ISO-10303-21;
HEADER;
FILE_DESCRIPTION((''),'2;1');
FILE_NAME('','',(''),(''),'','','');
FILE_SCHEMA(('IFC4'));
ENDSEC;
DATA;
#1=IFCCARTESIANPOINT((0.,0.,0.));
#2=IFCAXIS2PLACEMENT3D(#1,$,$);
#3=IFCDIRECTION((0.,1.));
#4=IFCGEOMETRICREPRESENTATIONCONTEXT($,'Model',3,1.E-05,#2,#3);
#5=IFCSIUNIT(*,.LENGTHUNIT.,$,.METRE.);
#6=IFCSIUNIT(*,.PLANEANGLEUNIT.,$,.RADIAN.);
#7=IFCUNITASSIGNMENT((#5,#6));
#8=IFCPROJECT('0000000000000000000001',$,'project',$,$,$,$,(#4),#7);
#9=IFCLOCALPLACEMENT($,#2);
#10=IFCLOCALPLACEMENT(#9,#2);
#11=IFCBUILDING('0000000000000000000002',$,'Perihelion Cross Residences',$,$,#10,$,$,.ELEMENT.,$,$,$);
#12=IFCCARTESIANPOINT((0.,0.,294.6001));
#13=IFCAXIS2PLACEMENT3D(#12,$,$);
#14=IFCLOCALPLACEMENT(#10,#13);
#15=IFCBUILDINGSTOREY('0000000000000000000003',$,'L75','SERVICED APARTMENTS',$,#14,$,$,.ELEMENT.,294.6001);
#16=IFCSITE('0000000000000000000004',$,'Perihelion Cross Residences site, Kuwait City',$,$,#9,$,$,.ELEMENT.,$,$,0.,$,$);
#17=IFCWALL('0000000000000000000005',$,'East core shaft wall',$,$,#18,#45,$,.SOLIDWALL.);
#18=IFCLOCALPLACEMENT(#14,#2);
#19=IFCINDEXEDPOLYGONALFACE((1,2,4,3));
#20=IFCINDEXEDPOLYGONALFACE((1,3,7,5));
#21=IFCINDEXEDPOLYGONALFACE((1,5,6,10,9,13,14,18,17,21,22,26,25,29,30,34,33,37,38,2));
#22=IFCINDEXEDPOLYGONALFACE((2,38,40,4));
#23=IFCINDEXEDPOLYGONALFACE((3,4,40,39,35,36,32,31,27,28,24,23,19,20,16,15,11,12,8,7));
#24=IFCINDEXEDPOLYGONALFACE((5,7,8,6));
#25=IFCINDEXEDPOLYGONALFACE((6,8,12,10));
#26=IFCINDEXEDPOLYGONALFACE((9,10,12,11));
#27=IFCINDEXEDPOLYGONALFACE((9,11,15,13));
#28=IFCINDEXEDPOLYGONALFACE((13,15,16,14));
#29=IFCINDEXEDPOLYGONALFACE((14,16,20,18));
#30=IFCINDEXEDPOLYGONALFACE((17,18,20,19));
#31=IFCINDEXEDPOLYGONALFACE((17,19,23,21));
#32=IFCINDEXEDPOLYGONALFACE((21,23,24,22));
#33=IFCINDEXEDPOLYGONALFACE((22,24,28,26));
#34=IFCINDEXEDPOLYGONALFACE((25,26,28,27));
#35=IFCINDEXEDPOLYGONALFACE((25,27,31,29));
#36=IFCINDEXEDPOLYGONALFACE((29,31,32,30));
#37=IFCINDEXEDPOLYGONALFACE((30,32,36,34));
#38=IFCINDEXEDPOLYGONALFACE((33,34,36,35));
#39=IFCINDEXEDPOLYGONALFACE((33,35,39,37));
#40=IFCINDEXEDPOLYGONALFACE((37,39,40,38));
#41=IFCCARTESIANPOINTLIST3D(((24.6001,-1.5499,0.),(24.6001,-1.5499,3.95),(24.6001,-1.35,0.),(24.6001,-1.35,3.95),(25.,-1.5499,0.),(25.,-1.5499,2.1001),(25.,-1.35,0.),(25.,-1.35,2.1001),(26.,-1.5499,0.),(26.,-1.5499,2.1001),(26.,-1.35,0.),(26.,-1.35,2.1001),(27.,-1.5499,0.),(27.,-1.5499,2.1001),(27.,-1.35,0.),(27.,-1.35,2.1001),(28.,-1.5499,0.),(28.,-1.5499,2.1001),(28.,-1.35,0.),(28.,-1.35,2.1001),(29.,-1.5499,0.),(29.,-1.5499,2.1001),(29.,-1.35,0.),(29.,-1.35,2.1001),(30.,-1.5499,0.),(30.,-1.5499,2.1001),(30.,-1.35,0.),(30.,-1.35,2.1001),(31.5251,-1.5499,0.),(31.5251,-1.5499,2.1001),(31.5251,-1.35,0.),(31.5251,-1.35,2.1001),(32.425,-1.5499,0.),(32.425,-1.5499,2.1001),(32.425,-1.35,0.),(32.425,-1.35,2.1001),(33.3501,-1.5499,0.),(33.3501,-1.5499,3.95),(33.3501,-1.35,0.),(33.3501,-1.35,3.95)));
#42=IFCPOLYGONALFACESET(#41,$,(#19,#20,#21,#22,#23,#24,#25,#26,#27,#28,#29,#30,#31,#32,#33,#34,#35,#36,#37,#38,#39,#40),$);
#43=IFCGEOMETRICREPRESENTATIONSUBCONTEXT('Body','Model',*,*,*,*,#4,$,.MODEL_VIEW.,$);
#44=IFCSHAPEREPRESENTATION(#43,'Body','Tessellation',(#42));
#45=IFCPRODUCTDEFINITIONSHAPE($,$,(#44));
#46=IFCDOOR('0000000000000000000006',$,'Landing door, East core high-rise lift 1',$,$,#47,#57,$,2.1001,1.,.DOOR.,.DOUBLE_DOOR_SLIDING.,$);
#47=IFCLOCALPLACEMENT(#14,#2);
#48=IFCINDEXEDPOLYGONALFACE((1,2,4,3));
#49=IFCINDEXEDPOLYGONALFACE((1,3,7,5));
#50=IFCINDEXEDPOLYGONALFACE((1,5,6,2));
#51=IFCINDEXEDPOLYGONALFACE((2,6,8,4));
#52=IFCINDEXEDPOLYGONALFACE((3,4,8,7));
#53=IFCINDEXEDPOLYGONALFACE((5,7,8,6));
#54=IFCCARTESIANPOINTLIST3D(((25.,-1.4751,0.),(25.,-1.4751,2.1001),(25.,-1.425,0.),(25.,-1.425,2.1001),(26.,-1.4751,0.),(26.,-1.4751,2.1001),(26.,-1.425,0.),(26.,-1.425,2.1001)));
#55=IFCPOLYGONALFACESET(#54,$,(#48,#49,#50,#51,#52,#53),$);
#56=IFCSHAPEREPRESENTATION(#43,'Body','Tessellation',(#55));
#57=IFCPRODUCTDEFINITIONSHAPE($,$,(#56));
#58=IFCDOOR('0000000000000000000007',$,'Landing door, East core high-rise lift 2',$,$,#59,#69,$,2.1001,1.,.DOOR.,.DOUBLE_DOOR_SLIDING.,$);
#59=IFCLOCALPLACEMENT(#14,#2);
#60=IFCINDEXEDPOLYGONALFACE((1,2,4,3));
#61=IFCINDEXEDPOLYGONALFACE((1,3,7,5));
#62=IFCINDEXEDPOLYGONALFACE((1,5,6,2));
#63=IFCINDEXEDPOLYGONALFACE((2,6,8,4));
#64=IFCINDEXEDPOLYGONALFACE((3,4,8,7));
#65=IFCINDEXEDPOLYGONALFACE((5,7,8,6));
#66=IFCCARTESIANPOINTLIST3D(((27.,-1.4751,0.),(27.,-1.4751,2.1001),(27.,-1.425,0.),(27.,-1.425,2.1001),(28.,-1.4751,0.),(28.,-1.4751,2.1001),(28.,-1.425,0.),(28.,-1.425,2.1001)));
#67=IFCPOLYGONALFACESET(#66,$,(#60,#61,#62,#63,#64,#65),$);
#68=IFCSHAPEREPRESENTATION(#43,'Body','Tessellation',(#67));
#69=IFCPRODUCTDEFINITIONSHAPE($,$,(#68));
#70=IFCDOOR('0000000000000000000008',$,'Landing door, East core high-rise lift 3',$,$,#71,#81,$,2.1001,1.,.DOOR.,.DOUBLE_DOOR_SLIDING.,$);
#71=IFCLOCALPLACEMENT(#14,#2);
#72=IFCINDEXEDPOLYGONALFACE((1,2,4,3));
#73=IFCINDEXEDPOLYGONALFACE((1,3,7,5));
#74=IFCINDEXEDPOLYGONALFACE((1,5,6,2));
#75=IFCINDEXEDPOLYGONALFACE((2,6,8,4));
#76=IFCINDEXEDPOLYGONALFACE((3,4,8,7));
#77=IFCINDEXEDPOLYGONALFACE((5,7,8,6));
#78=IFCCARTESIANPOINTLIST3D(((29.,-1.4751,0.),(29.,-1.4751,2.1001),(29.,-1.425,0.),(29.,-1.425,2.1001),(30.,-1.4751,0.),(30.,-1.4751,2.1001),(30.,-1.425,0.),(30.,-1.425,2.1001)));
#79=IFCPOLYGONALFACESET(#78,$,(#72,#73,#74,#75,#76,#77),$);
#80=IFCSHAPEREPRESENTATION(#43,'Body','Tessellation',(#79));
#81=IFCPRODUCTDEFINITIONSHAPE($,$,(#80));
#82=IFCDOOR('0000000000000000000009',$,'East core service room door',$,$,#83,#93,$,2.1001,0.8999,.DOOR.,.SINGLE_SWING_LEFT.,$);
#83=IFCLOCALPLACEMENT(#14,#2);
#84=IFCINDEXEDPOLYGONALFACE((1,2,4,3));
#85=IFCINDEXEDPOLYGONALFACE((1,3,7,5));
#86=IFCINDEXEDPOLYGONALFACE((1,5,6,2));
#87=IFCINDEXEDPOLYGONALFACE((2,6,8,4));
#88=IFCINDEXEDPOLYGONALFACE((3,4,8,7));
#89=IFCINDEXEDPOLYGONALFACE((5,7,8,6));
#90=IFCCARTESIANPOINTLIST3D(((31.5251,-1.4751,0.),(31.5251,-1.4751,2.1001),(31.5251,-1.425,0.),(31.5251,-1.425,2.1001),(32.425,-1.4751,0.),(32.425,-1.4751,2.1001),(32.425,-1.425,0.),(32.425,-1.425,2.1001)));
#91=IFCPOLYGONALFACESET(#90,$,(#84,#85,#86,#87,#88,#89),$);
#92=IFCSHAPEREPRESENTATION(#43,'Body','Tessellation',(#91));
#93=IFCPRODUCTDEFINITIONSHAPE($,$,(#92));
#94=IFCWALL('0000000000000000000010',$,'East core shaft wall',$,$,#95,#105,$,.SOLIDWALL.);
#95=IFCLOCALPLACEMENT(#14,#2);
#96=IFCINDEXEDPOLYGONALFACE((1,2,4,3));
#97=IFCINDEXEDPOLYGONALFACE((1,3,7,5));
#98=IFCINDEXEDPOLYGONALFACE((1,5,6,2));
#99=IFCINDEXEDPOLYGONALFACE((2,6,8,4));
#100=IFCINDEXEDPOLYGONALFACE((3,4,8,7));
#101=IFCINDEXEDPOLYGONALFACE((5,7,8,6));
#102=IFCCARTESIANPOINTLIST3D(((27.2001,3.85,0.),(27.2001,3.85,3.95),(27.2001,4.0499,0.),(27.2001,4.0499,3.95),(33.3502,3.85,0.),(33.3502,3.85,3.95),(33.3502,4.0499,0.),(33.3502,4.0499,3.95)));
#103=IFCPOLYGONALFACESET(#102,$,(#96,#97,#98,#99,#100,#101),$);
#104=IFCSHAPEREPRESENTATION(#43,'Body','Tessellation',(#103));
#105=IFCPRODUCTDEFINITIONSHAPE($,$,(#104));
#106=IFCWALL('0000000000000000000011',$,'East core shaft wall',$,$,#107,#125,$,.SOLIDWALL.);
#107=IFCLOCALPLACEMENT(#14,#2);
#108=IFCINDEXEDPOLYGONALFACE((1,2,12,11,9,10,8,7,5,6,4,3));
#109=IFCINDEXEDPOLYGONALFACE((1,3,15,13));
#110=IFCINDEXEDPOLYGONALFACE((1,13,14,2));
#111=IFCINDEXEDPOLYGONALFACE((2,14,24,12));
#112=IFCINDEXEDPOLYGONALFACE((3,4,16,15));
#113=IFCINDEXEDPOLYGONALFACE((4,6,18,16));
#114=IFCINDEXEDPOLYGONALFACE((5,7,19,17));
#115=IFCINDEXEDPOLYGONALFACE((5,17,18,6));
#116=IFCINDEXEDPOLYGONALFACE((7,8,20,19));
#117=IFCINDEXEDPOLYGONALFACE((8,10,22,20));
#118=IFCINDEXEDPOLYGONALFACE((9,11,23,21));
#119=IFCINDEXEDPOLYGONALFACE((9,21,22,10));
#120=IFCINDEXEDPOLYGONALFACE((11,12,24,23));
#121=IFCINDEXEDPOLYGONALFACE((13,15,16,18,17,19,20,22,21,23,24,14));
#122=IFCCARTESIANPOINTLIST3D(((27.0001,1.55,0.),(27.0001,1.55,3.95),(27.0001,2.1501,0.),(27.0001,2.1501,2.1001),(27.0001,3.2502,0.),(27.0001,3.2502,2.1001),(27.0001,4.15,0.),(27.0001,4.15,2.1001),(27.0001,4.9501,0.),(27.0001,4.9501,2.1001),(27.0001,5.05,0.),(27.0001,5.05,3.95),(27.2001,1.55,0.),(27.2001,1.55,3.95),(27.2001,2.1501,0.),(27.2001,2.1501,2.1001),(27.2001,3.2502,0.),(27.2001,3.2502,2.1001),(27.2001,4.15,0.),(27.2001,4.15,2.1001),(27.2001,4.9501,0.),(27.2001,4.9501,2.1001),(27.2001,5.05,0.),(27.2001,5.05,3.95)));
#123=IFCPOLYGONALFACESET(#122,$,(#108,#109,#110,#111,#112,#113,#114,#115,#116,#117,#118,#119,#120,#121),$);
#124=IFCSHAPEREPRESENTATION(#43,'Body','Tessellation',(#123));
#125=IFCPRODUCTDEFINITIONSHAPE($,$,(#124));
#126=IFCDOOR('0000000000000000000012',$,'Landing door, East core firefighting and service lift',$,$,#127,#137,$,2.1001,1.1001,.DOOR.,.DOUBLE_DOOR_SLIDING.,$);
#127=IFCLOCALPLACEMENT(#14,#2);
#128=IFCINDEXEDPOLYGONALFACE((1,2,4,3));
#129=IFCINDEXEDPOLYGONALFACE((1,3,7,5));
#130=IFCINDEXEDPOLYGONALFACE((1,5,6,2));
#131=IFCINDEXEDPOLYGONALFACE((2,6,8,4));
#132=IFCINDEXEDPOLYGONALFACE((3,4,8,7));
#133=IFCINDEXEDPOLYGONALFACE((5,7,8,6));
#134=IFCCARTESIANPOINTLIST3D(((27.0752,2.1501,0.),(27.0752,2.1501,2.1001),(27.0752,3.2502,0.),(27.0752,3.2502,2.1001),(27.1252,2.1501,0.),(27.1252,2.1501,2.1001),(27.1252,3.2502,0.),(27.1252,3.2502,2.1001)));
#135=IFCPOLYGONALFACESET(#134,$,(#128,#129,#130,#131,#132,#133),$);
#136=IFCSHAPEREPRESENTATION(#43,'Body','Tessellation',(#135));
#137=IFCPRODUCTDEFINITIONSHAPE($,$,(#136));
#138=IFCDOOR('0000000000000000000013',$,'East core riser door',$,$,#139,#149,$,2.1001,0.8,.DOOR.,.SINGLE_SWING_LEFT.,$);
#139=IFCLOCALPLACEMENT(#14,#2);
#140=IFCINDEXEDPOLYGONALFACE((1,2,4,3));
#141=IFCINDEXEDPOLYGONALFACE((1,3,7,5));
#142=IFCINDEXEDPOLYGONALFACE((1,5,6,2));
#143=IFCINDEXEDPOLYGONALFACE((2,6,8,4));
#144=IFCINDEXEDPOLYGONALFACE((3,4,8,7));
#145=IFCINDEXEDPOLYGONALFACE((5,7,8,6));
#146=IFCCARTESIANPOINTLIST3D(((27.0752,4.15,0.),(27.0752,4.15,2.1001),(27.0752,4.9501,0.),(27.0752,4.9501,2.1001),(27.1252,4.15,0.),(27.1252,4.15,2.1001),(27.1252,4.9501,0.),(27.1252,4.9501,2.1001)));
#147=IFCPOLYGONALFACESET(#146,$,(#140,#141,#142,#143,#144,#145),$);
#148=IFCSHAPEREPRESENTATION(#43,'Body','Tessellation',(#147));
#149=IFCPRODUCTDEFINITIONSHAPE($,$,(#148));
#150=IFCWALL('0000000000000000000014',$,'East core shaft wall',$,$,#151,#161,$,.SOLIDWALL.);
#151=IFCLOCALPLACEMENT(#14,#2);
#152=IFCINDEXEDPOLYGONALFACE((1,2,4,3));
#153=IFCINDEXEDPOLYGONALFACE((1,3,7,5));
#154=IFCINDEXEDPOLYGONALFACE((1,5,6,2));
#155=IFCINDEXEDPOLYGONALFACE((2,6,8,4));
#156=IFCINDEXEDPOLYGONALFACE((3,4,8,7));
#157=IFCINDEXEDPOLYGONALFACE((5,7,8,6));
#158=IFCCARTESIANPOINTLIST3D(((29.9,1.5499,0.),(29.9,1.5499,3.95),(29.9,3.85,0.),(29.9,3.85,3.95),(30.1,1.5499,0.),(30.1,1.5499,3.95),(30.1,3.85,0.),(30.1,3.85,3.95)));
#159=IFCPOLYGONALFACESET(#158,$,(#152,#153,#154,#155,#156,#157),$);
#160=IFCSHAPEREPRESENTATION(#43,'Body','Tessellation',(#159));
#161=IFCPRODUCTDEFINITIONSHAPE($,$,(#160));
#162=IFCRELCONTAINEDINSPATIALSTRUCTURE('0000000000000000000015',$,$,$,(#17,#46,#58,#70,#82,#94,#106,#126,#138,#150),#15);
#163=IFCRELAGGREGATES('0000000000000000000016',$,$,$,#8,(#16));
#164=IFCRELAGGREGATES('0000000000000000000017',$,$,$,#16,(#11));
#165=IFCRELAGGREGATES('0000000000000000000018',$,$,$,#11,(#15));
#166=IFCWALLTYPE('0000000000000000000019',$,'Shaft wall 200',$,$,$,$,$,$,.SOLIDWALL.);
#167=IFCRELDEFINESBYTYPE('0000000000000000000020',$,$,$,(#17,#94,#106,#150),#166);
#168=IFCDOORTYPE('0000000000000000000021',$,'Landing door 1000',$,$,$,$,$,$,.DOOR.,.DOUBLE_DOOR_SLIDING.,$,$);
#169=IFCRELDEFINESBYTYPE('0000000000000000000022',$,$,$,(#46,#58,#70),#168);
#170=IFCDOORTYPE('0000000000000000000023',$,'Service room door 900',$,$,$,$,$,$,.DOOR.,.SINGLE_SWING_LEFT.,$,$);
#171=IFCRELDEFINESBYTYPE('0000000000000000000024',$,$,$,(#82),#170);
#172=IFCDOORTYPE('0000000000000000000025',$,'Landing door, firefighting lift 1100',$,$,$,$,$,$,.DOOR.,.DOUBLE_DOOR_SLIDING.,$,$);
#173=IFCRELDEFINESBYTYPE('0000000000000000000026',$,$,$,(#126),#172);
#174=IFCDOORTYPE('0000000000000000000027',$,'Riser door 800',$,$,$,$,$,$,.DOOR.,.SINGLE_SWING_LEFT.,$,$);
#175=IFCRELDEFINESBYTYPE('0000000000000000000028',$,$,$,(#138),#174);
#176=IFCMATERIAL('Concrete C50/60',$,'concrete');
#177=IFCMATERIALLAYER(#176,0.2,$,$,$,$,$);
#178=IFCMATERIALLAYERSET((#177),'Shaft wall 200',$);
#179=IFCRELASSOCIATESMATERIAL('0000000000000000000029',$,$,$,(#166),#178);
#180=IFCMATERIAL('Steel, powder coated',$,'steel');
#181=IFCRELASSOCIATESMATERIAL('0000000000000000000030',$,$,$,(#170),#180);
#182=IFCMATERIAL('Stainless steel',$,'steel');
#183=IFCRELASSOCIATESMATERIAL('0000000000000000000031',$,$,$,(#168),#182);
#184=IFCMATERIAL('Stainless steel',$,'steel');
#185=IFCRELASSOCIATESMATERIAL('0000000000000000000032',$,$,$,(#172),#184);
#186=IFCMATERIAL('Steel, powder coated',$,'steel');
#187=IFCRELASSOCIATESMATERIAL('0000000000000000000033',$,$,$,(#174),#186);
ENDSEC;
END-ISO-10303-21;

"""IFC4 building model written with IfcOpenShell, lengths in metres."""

from ifc_helpers import new_model, si_unit, direction, frame, frame_2d, origin, place, context, subcontext, project, spatial, rectangle, extrude, material, layer, layer_set, type_object, element, fill, save


model = new_model("IFC4")

# Units and contexts
model_context = context("Model", 3, precision=1e-05, world=origin(), true_north=direction((0.0, 1.0)))
body_context = subcontext(model_context, "Body", "Model", "MODEL_VIEW")
ifc_project = project(units=[si_unit("LENGTHUNIT", "METRE"), si_unit("PLANEANGLEUNIT", "RADIAN")], contexts=[model_context])

# Site, building, storey
site_placement = place(None, origin())
site = spatial("IfcSite", under=ifc_project, at=site_placement, Name="Perihelion Cross Residences site, Kuwait City", CompositionType="ELEMENT", RefElevation=0.0)
building_placement = place(site_placement, origin())
building = spatial("IfcBuilding", under=site, at=building_placement, Name="Perihelion Cross Residences", CompositionType="ELEMENT")
storey_placement = place(building_placement, frame((0.0, 0.0, 294.6001)))
storey = spatial("IfcBuildingStorey", under=building, at=storey_placement, Name="L75", Description="SERVICED APARTMENTS", CompositionType="ELEMENT", Elevation=294.6001)

# Wall, openings, doors
ifc_material_1 = material(Name="Concrete C50/60", Category="concrete")
ifc_layer_1 = layer(ifc_material_1, 0.2)
ifc_layer_set_1 = layer_set([ifc_layer_1], Name="Shaft wall 200")
wall_type_1 = type_object("IfcWallType", Name="Shaft wall 200", PredefinedType="SOLIDWALL", material=ifc_layer_set_1)
ifc_material_2 = material(Name="Steel, powder coated", Category="steel")
door_type_1 = type_object("IfcDoorType", Name="Service room door 900", OperationType="SINGLE_SWING_LEFT", PredefinedType="DOOR", material=ifc_material_2)
wall_1_placement = place(storey_placement, frame((24.6001, -1.45, 0.0), z_axis=(0.0, 0.0, 1.0), x_axis=(1.0, 0.0, 0.0)))
wall_1 = element("IfcWall", 1, at=wall_1_placement, inside=storey, type_object=wall_type_1, Name="East core shaft wall", PredefinedType="SOLIDWALL", context=body_context, shape_type="SweptSolid", body=[
    extrude(rectangle(XDim=8.75, YDim=0.2, at=frame_2d((4.375, 0.0))), origin(), (0.0, 0.0, 1.0), 3.95),
])
opening_1_placement = place(wall_1_placement, frame((0.3999, 0.0, 0.0)))
opening_1 = element("IfcOpeningElement", 2, at=opening_1_placement, cuts=wall_1, PredefinedType="OPENING", context=body_context, shape_type="SweptSolid", body=[
    extrude(rectangle(XDim=1.0, YDim=2.1001, at=frame_2d((0.5, 1.05))), frame((0.0, 0.1099, 0.0), z_axis=(0.0, -1.0, 0.0), x_axis=(1.0, 0.0, 0.0)), (0.0, 0.0, 1.0), 0.22),
])
opening_2_placement = place(wall_1_placement, frame((2.3999, 0.0, 0.0)))
opening_2 = element("IfcOpeningElement", 3, at=opening_2_placement, cuts=wall_1, PredefinedType="OPENING", context=body_context, shape_type="SweptSolid", body=[
    extrude(rectangle(XDim=1.0, YDim=2.1001, at=frame_2d((0.5, 1.05))), frame((0.0, 0.1099, 0.0), z_axis=(0.0, -1.0, 0.0), x_axis=(1.0, 0.0, 0.0)), (0.0, 0.0, 1.0), 0.22),
])
opening_3_placement = place(wall_1_placement, frame((4.3999, 0.0, 0.0)))
opening_3 = element("IfcOpeningElement", 4, at=opening_3_placement, cuts=wall_1, PredefinedType="OPENING", context=body_context, shape_type="SweptSolid", body=[
    extrude(rectangle(XDim=1.0, YDim=2.1001, at=frame_2d((0.5, 1.05))), frame((0.0, 0.1099, 0.0), z_axis=(0.0, -1.0, 0.0), x_axis=(1.0, 0.0, 0.0)), (0.0, 0.0, 1.0), 0.22),
])
opening_4_placement = place(wall_1_placement, frame((6.925, 0.0, 0.0)))
opening_4 = element("IfcOpeningElement", 5, at=opening_4_placement, cuts=wall_1, PredefinedType="OPENING", context=body_context, shape_type="SweptSolid", body=[
    extrude(rectangle(XDim=0.8999, YDim=2.1001, at=frame_2d((0.45, 1.05))), frame((0.0, 0.1099, 0.0), z_axis=(0.0, -1.0, 0.0), x_axis=(1.0, 0.0, 0.0)), (0.0, 0.0, 1.0), 0.22),
])
ifc_material_3 = material(Name="Stainless steel", Category="steel")
door_type_2 = type_object("IfcDoorType", Name="Landing door 1000", OperationType="DOUBLE_DOOR_SLIDING", PredefinedType="DOOR", material=ifc_material_3)
door_1_placement = place(opening_1_placement, origin())
door_1 = element("IfcDoor", 6, at=door_1_placement, inside=storey, type_object=door_type_2, Name="Landing door, East core high-rise lift 1", OperationType="DOUBLE_DOOR_SLIDING", OverallHeight=2.1001, OverallWidth=1.0, PredefinedType="DOOR", context=body_context, shape_type="SweptSolid", body=[
    extrude(rectangle(XDim=1.0, YDim=2.1001, at=frame_2d((0.5, 1.05))), frame((0.0, 0.0249, 0.0), z_axis=(0.0, -1.0, 0.0), x_axis=(1.0, 0.0, 0.0)), (0.0, 0.0, 1.0), 0.05),
])
fill(opening_1, door_1)
door_2_placement = place(opening_2_placement, origin())
door_2 = element("IfcDoor", 7, at=door_2_placement, inside=storey, type_object=door_type_2, Name="Landing door, East core high-rise lift 2", OperationType="DOUBLE_DOOR_SLIDING", OverallHeight=2.1001, OverallWidth=1.0, PredefinedType="DOOR", context=body_context, shape_type="SweptSolid", body=[
    extrude(rectangle(XDim=1.0, YDim=2.1001, at=frame_2d((0.5, 1.05))), frame((0.0, 0.0249, 0.0), z_axis=(0.0, -1.0, 0.0), x_axis=(1.0, 0.0, 0.0)), (0.0, 0.0, 1.0), 0.05),
])
fill(opening_2, door_2)
door_3_placement = place(opening_3_placement, origin())
door_3 = element("IfcDoor", 8, at=door_3_placement, inside=storey, type_object=door_type_2, Name="Landing door, East core high-rise lift 3", OperationType="DOUBLE_DOOR_SLIDING", OverallHeight=2.1001, OverallWidth=1.0, PredefinedType="DOOR", context=body_context, shape_type="SweptSolid", body=[
    extrude(rectangle(XDim=1.0, YDim=2.1001, at=frame_2d((0.5, 1.05))), frame((0.0, 0.0249, 0.0), z_axis=(0.0, -1.0, 0.0), x_axis=(1.0, 0.0, 0.0)), (0.0, 0.0, 1.0), 0.05),
])
fill(opening_3, door_3)
door_4_placement = place(opening_4_placement, origin())
door_4 = element("IfcDoor", 9, at=door_4_placement, inside=storey, type_object=door_type_1, Name="East core service room door", OperationType="SINGLE_SWING_LEFT", OverallHeight=2.1001, OverallWidth=0.8999, PredefinedType="DOOR", context=body_context, shape_type="SweptSolid", body=[
    extrude(rectangle(XDim=0.8999, YDim=2.1001, at=frame_2d((0.45, 1.05))), frame((0.0, 0.0249, 0.0), z_axis=(0.0, -1.0, 0.0), x_axis=(1.0, 0.0, 0.0)), (0.0, 0.0, 1.0), 0.05),
])
fill(opening_4, door_4)

# Wall
wall_2_placement = place(storey_placement, frame((27.2, 3.95, 0.0), z_axis=(0.0, 0.0, 1.0), x_axis=(1.0, 0.0, 0.0)))
element("IfcWall", 10, at=wall_2_placement, inside=storey, type_object=wall_type_1, Name="East core shaft wall", PredefinedType="SOLIDWALL", context=body_context, shape_type="SweptSolid", body=[
    extrude(rectangle(XDim=6.1501, YDim=0.2, at=frame_2d((3.0752, 0.0))), origin(), (0.0, 0.0, 1.0), 3.95),
])

# Wall, openings, doors
wall_3_placement = place(storey_placement, frame((27.1001, 1.55, 0.0), z_axis=(0.0, 0.0, 1.0), x_axis=(0.0, 1.0, 0.0)))
wall_3 = element("IfcWall", 11, at=wall_3_placement, inside=storey, type_object=wall_type_1, Name="East core shaft wall", PredefinedType="SOLIDWALL", context=body_context, shape_type="SweptSolid", body=[
    extrude(rectangle(XDim=3.5, YDim=0.2, at=frame_2d((1.75, 0.0))), origin(), (0.0, 0.0, 1.0), 3.95),
])
opening_5_placement = place(wall_3_placement, frame((0.6001, 0.0, 0.0)))
opening_5 = element("IfcOpeningElement", 12, at=opening_5_placement, cuts=wall_3, PredefinedType="OPENING", context=body_context, shape_type="SweptSolid", body=[
    extrude(rectangle(XDim=1.1001, YDim=2.1001, at=frame_2d((0.55, 1.05))), frame((0.0, 0.1099, 0.0), z_axis=(0.0, -1.0, 0.0), x_axis=(1.0, 0.0, 0.0)), (0.0, 0.0, 1.0), 0.22),
])
opening_6_placement = place(wall_3_placement, frame((2.6001, 0.0, 0.0)))
opening_6 = element("IfcOpeningElement", 13, at=opening_6_placement, cuts=wall_3, PredefinedType="OPENING", context=body_context, shape_type="SweptSolid", body=[
    extrude(rectangle(XDim=0.8, YDim=2.1001, at=frame_2d((0.3999, 1.05))), frame((0.0, 0.1099, 0.0), z_axis=(0.0, -1.0, 0.0), x_axis=(1.0, 0.0, 0.0)), (0.0, 0.0, 1.0), 0.22),
])
ifc_material_4 = material(Name="Stainless steel", Category="steel")
door_type_3 = type_object("IfcDoorType", Name="Landing door, firefighting lift 1100", OperationType="DOUBLE_DOOR_SLIDING", PredefinedType="DOOR", material=ifc_material_4)
door_5_placement = place(opening_5_placement, origin())
door_5 = element("IfcDoor", 14, at=door_5_placement, inside=storey, type_object=door_type_3, Name="Landing door, East core firefighting and service lift", OperationType="DOUBLE_DOOR_SLIDING", OverallHeight=2.1001, OverallWidth=1.1001, PredefinedType="DOOR", context=body_context, shape_type="SweptSolid", body=[
    extrude(rectangle(XDim=1.1001, YDim=2.1001, at=frame_2d((0.55, 1.05))), frame((0.0, 0.0249, 0.0), z_axis=(0.0, -1.0, 0.0), x_axis=(1.0, 0.0, 0.0)), (0.0, 0.0, 1.0), 0.05),
])
fill(opening_5, door_5)
ifc_material_5 = material(Name="Steel, powder coated", Category="steel")
door_type_4 = type_object("IfcDoorType", Name="Riser door 800", OperationType="SINGLE_SWING_LEFT", PredefinedType="DOOR", material=ifc_material_5)
door_6_placement = place(opening_6_placement, origin())
door_6 = element("IfcDoor", 15, at=door_6_placement, inside=storey, type_object=door_type_4, Name="East core riser door", OperationType="SINGLE_SWING_LEFT", OverallHeight=2.1001, OverallWidth=0.8, PredefinedType="DOOR", context=body_context, shape_type="SweptSolid", body=[
    extrude(rectangle(XDim=0.8, YDim=2.1001, at=frame_2d((0.3999, 1.05))), frame((0.0, 0.0249, 0.0), z_axis=(0.0, -1.0, 0.0), x_axis=(1.0, 0.0, 0.0)), (0.0, 0.0, 1.0), 0.05),
])
fill(opening_6, door_6)

# Wall
wall_4_placement = place(storey_placement, frame((30.0, 1.55, 0.0), z_axis=(0.0, 0.0, 1.0), x_axis=(0.0, 1.0, 0.0)))
element("IfcWall", 16, at=wall_4_placement, inside=storey, type_object=wall_type_1, Name="East core shaft wall", PredefinedType="SOLIDWALL", context=body_context, shape_type="SweptSolid", body=[
    extrude(rectangle(XDim=2.3, YDim=0.2, at=frame_2d((1.1499, 0.0))), origin(), (0.0, 0.0, 1.0), 3.95),
])

save(model, "model.ifc")
